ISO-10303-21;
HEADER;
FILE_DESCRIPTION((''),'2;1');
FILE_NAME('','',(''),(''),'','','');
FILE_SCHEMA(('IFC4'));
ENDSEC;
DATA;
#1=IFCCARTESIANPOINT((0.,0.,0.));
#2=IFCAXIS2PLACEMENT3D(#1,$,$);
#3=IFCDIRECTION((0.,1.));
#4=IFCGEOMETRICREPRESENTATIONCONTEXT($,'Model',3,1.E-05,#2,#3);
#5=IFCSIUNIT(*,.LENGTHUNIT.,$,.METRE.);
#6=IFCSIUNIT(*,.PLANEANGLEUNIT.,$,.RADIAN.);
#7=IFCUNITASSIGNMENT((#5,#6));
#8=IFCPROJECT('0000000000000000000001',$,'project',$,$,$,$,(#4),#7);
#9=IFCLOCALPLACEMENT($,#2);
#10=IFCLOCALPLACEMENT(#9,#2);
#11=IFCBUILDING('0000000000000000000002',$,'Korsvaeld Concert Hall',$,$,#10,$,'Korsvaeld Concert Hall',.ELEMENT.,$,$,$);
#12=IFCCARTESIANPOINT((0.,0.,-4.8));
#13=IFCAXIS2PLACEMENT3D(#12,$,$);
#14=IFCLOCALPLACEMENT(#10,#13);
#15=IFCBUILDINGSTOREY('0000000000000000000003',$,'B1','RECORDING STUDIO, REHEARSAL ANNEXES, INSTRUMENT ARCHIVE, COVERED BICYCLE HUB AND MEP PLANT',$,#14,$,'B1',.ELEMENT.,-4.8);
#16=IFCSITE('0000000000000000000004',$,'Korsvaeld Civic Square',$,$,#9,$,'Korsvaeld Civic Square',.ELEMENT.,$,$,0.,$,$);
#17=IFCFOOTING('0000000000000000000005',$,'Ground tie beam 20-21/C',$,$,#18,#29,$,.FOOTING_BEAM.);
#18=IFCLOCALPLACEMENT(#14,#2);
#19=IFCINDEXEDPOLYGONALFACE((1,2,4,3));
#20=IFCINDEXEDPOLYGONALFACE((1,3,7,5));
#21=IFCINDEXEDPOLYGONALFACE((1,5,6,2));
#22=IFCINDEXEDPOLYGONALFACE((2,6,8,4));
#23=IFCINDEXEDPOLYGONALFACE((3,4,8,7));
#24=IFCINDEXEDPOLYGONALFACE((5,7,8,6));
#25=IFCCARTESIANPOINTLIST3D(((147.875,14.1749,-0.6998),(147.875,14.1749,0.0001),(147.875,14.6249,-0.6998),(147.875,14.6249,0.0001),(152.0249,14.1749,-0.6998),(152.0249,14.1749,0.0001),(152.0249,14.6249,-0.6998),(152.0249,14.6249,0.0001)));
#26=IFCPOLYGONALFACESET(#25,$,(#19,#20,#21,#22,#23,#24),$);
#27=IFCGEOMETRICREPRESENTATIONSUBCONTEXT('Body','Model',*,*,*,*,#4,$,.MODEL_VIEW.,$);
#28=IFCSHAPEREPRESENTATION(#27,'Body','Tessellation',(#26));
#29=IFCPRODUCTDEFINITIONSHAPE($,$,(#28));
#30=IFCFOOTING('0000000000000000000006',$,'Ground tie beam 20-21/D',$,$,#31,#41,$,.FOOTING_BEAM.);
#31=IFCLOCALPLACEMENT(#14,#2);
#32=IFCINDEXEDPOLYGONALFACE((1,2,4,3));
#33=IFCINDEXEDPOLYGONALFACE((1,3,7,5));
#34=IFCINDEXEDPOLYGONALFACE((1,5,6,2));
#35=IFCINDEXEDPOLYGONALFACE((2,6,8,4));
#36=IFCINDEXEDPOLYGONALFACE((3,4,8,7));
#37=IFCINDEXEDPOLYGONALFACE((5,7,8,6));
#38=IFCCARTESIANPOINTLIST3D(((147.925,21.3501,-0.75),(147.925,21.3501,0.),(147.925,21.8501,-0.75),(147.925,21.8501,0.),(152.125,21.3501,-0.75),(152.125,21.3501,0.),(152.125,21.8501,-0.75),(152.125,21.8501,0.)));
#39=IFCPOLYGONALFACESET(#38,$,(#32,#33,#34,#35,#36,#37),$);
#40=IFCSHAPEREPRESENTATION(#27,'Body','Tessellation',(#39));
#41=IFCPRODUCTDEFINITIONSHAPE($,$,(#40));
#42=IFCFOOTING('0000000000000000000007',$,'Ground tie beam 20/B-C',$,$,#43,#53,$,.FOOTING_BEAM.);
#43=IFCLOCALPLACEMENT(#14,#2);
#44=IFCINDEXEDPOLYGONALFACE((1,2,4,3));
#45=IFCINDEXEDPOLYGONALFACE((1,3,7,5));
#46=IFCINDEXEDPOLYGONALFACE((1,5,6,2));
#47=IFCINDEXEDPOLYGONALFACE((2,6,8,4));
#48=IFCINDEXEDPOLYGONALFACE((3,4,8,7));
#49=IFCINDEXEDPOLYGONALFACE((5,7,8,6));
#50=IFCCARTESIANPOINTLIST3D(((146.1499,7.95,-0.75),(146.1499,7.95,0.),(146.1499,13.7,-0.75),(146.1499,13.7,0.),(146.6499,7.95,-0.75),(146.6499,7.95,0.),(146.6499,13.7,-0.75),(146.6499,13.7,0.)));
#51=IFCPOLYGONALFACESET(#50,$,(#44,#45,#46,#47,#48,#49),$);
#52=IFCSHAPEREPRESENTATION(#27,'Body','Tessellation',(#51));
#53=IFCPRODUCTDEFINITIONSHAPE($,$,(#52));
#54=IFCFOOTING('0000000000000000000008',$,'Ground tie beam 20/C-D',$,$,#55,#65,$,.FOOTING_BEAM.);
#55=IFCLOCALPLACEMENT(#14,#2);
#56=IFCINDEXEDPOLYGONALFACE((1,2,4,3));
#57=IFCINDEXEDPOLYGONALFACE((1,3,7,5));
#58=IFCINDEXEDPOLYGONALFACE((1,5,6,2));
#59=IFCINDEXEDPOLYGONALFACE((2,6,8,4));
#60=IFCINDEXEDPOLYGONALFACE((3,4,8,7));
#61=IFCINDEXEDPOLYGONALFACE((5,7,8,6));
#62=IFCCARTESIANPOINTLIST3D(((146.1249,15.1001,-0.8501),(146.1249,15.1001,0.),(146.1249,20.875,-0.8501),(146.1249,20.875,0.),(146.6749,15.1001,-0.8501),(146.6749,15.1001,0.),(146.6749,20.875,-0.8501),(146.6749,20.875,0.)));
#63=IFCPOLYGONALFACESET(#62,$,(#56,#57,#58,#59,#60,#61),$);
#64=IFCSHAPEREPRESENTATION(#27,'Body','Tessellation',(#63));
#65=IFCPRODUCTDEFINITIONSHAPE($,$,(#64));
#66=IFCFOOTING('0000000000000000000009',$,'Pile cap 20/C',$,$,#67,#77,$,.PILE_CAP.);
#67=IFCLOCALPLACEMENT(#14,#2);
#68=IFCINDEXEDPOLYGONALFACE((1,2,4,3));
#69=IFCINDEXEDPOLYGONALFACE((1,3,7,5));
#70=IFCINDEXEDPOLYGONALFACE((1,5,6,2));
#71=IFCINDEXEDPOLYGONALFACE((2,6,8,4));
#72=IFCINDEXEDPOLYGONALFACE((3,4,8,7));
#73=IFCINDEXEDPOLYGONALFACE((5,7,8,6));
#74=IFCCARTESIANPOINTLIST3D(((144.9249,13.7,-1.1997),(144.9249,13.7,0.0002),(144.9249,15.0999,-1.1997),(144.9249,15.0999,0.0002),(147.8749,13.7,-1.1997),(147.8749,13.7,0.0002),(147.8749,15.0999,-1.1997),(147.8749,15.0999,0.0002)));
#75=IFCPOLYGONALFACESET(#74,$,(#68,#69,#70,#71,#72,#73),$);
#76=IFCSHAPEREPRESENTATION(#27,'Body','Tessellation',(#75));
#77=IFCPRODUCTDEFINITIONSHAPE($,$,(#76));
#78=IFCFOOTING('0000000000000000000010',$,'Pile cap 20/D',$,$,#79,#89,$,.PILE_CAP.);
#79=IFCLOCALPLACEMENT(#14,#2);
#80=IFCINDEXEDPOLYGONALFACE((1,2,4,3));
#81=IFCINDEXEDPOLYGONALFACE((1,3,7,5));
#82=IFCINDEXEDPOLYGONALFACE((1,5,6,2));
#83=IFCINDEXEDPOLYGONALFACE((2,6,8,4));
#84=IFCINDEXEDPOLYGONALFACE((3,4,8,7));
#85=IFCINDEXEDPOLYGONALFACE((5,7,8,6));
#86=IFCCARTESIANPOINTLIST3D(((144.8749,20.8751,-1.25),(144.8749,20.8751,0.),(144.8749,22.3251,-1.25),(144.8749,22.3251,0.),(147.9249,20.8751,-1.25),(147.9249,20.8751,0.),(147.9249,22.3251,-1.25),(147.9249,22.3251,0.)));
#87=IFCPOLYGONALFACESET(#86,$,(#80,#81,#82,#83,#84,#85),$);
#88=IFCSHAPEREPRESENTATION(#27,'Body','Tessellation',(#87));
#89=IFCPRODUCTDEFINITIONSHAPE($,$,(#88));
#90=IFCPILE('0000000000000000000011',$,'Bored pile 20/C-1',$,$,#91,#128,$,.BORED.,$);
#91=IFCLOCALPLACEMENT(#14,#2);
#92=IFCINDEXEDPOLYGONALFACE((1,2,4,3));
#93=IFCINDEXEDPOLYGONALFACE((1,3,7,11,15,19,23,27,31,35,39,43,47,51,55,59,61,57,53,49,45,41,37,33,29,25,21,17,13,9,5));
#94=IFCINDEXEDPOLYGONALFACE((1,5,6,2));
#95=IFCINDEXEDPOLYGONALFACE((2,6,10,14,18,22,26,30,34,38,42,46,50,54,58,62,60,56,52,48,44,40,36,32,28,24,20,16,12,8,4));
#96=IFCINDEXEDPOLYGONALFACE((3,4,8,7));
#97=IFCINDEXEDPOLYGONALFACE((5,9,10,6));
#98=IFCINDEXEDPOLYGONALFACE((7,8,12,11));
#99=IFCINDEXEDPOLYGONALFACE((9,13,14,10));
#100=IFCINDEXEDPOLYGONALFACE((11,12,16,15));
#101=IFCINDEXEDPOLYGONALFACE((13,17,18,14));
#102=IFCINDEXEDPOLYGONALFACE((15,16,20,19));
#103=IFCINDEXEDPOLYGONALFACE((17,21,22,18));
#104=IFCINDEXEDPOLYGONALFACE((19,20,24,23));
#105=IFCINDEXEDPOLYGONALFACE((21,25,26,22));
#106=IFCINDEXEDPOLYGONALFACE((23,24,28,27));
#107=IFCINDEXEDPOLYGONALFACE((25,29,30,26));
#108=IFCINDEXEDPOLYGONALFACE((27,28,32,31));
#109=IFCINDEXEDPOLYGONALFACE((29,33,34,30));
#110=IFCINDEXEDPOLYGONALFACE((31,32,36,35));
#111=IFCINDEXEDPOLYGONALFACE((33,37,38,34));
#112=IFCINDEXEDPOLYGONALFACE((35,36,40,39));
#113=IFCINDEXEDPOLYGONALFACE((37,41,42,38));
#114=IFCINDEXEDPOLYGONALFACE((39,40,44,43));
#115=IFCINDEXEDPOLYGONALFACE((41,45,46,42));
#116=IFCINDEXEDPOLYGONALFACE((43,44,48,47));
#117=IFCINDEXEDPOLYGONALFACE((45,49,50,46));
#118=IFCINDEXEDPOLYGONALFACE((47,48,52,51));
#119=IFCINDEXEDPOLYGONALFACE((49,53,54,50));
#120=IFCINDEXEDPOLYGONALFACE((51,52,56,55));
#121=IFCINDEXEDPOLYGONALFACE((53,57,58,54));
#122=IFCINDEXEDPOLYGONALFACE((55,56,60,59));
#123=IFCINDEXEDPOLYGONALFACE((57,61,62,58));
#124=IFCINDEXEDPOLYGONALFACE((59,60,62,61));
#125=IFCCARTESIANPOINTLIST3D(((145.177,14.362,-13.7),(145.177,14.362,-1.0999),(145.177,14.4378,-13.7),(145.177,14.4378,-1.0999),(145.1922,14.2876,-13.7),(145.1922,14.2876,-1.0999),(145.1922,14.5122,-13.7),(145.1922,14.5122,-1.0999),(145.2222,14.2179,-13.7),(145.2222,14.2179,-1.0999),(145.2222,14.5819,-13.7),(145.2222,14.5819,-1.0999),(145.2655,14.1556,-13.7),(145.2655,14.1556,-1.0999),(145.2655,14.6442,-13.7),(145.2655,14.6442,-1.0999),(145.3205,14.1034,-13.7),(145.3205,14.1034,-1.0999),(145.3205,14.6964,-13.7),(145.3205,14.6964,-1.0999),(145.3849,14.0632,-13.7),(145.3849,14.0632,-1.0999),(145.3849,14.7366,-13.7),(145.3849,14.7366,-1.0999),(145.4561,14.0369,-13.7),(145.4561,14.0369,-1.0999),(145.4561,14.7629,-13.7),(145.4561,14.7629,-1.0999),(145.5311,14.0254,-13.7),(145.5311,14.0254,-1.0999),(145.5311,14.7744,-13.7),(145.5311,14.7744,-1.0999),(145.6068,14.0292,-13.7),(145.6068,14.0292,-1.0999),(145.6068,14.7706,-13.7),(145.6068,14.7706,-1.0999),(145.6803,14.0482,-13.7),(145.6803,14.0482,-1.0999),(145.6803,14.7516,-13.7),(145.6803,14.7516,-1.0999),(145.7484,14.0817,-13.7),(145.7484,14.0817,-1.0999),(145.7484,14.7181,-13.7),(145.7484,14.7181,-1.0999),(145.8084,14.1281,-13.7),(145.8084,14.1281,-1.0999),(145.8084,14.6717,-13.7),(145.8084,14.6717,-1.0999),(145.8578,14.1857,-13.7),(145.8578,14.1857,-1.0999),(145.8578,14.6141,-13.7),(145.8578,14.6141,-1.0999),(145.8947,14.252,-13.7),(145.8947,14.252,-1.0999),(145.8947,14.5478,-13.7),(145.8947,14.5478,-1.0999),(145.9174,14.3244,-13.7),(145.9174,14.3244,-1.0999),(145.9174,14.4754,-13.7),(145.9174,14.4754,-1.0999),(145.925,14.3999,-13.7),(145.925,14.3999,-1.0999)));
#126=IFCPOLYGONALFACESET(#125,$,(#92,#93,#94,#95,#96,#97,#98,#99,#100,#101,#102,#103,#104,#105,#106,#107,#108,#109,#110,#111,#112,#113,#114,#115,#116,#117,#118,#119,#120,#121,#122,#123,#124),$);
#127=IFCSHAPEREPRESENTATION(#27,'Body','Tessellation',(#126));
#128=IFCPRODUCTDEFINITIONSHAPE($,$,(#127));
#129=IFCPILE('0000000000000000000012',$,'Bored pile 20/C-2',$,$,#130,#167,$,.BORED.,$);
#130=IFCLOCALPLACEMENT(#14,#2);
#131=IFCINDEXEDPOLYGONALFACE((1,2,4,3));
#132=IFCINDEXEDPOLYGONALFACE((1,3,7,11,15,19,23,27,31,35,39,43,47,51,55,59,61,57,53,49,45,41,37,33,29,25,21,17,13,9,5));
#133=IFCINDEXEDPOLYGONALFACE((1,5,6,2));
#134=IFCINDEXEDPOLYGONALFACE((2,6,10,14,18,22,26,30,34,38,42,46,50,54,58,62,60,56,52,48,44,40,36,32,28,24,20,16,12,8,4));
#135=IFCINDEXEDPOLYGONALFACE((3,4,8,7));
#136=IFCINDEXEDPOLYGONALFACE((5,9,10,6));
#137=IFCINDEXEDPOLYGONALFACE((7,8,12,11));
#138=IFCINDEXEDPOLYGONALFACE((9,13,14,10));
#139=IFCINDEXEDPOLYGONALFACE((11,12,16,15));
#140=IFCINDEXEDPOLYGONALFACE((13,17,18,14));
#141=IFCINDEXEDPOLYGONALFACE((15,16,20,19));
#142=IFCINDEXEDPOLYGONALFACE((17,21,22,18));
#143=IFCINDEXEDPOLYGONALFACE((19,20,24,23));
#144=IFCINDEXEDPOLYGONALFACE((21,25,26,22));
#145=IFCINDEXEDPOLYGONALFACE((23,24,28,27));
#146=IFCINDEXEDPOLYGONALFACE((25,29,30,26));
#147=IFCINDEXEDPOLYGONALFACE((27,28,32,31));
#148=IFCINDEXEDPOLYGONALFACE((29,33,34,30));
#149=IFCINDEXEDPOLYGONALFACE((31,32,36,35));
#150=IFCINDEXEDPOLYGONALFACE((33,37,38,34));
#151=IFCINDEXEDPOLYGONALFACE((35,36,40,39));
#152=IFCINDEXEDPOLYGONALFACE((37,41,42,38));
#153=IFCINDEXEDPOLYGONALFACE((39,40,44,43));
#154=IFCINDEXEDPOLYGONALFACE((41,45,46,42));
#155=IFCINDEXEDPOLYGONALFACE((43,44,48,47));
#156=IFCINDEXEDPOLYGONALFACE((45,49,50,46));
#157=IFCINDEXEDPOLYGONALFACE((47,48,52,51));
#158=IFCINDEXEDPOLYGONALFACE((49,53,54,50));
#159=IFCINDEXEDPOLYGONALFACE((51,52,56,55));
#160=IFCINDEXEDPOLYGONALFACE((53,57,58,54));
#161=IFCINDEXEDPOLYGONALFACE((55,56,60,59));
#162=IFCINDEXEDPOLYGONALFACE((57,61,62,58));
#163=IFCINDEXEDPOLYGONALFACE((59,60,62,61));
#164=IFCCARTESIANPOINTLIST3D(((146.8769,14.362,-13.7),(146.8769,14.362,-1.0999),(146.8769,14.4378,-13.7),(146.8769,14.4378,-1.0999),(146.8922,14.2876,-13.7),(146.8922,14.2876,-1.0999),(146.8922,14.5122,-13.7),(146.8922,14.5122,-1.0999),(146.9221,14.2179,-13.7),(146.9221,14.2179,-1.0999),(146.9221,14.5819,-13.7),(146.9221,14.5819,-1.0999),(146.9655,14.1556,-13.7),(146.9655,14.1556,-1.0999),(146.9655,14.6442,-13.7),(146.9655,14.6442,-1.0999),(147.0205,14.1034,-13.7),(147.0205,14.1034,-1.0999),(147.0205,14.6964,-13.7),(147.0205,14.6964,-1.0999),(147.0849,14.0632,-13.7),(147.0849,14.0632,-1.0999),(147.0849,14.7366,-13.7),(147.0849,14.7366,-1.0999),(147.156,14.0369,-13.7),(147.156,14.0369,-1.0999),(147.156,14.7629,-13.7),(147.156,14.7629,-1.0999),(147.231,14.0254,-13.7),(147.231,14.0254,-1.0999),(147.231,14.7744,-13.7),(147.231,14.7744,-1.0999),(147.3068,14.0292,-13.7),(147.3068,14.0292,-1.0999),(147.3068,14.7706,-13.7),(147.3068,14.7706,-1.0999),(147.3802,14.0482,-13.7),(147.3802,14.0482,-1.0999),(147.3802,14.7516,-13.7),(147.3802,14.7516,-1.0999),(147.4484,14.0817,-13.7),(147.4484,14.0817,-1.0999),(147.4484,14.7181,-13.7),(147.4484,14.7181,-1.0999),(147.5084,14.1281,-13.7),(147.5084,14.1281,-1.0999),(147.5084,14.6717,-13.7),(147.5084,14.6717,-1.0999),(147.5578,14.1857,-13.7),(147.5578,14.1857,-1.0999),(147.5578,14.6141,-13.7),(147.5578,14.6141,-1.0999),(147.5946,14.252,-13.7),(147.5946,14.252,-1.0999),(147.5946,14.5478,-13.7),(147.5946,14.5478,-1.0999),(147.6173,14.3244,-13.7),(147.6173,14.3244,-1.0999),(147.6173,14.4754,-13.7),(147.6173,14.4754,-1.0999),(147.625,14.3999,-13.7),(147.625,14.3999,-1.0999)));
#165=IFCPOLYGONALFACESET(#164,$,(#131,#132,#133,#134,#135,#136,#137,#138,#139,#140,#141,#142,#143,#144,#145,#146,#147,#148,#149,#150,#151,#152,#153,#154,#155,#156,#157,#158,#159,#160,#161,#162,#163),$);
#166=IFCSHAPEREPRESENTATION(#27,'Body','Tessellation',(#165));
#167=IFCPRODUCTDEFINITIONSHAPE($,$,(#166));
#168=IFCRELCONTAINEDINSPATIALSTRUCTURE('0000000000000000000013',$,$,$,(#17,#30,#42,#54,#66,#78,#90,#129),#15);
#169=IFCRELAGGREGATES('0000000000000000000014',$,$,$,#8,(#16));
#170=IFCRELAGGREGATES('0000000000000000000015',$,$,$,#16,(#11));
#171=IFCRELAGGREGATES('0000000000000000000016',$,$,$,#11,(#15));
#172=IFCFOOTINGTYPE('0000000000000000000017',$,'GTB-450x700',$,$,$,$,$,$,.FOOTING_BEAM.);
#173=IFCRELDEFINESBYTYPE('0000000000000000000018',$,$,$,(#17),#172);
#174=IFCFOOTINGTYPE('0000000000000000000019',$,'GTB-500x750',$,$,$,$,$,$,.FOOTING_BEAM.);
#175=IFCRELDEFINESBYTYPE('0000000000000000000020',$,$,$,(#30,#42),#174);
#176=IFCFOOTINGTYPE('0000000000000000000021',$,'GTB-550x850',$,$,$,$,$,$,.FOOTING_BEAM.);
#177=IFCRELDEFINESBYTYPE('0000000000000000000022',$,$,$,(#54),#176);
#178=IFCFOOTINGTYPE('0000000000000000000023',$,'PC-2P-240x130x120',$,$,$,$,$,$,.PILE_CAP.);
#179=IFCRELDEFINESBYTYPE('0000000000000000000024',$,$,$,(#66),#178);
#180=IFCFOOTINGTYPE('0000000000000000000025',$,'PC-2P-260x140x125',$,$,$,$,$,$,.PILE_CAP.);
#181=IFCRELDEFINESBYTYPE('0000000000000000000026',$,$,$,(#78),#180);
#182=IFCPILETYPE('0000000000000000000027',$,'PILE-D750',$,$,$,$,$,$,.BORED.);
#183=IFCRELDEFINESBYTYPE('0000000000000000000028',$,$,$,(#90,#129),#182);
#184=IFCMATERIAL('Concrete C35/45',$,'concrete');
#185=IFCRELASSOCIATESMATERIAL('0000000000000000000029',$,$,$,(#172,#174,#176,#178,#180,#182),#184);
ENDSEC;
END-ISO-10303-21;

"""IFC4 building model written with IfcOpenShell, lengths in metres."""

from ifc_helpers import new_model, si_unit, direction, frame, origin, origin_2d, place, context, subcontext, project, spatial, rectangle, circle, extrude, material, material_profile, profile_set, type_object, element, save


model = new_model("IFC4")

# Units and contexts
model_context = context("Model", 3, precision=1e-05, world=origin(), true_north=direction((0.0, 1.0)))
body_context = subcontext(model_context, "Body", "Model", "MODEL_VIEW")
ifc_project = project(units=[si_unit("LENGTHUNIT", "METRE"), si_unit("PLANEANGLEUNIT", "RADIAN")], contexts=[model_context])

# Site, building, storey
site_placement = place(None, origin())
site = spatial("IfcSite", under=ifc_project, at=site_placement, Name="Korsvaeld Civic Square", LongName="Korsvaeld Civic Square", CompositionType="ELEMENT", RefElevation=0.0)
building_placement = place(site_placement, origin())
building = spatial("IfcBuilding", under=site, at=building_placement, Name="Korsvaeld Concert Hall", LongName="Korsvaeld Concert Hall", CompositionType="ELEMENT")
storey_placement = place(building_placement, frame((0.0, 0.0, -4.8)))
storey = spatial("IfcBuildingStorey", under=building, at=storey_placement, Name="B1", Description="RECORDING STUDIO, REHEARSAL ANNEXES, INSTRUMENT ARCHIVE, COVERED BICYCLE HUB AND MEP PLANT", LongName="B1", CompositionType="ELEMENT", Elevation=-4.8)

# Footings
ifc_material_1 = material(Name="Concrete C35/45", Category="concrete")
ifc_material_profile_1 = material_profile(ifc_material_1, rectangle(XDim=0.45, YDim=0.7, at=origin_2d()), Name="GTB 450x700")
ifc_profile_set_1 = profile_set([ifc_material_profile_1], Name="Concrete C35/45")
footing_type_1 = type_object("IfcFootingType", Name="GTB-450x700", PredefinedType="FOOTING_BEAM", material=ifc_profile_set_1)
footing_1_placement = place(storey_placement, frame((147.875, 14.3999, -0.3499), z_axis=(1.0, 0.0, 0.0), x_axis=(0.0, 1.0, 0.0)))
element("IfcFooting", 1, at=footing_1_placement, inside=storey, type_object=footing_type_1, Name="Ground tie beam 20-21/C", PredefinedType="FOOTING_BEAM", context=body_context, shape_type="SweptSolid", body=[
    extrude(rectangle(XDim=0.45, YDim=0.7, at=origin_2d()), origin(), (0.0, 0.0, 1.0), 4.1499),
])
ifc_material_profile_2 = material_profile(ifc_material_1, rectangle(XDim=0.5, YDim=0.75, at=origin_2d()), Name="GTB 500x750")
ifc_profile_set_2 = profile_set([ifc_material_profile_2], Name="Concrete C35/45")
footing_type_2 = type_object("IfcFootingType", Name="GTB-500x750", PredefinedType="FOOTING_BEAM", material=ifc_profile_set_2)
footing_2_placement = place(storey_placement, frame((147.925, 21.6001, -0.375), z_axis=(1.0, 0.0, 0.0), x_axis=(0.0, 1.0, 0.0)))
element("IfcFooting", 2, at=footing_2_placement, inside=storey, type_object=footing_type_2, Name="Ground tie beam 20-21/D", PredefinedType="FOOTING_BEAM", context=body_context, shape_type="SweptSolid", body=[
    extrude(rectangle(XDim=0.5, YDim=0.75, at=origin_2d()), origin(), (0.0, 0.0, 1.0), 4.2),
])
footing_3_placement = place(storey_placement, frame((146.3999, 7.95, -0.375), z_axis=(0.0, 1.0, 0.0), x_axis=(-1.0, 0.0, 0.0)))
element("IfcFooting", 3, at=footing_3_placement, inside=storey, type_object=footing_type_2, Name="Ground tie beam 20/B-C", PredefinedType="FOOTING_BEAM", context=body_context, shape_type="SweptSolid", body=[
    extrude(rectangle(XDim=0.5, YDim=0.75, at=origin_2d()), origin(), (0.0, 0.0, 1.0), 5.75),
])
ifc_material_profile_3 = material_profile(ifc_material_1, rectangle(XDim=0.55, YDim=0.8501, at=origin_2d()), Name="GTB 550x850")
ifc_profile_set_3 = profile_set([ifc_material_profile_3], Name="Concrete C35/45")
footing_type_3 = type_object("IfcFootingType", Name="GTB-550x850", PredefinedType="FOOTING_BEAM", material=ifc_profile_set_3)
footing_4_placement = place(storey_placement, frame((146.3999, 15.1001, -0.425), z_axis=(0.0, 1.0, 0.0), x_axis=(-1.0, 0.0, 0.0)))
element("IfcFooting", 4, at=footing_4_placement, inside=storey, type_object=footing_type_3, Name="Ground tie beam 20/C-D", PredefinedType="FOOTING_BEAM", context=body_context, shape_type="SweptSolid", body=[
    extrude(rectangle(XDim=0.55, YDim=0.8501, at=origin_2d()), origin(), (0.0, 0.0, 1.0), 5.7749),
])
footing_type_4 = type_object("IfcFootingType", Name="PC-2P-240x130x120", PredefinedType="PILE_CAP", material=ifc_material_1)
footing_5_placement = place(storey_placement, frame((146.3999, 14.3999, -1.1997), z_axis=(0.0, 0.0, 1.0), x_axis=(1.0, 0.0, 0.0)))
element("IfcFooting", 5, at=footing_5_placement, inside=storey, type_object=footing_type_4, Name="Pile cap 20/C", PredefinedType="PILE_CAP", context=body_context, shape_type="SweptSolid", body=[
    extrude(rectangle(XDim=2.95, YDim=1.3999, at=origin_2d()), origin(), (0.0, 0.0, 1.0), 1.2),
])
footing_type_5 = type_object("IfcFootingType", Name="PC-2P-260x140x125", PredefinedType="PILE_CAP", material=ifc_material_1)
footing_6_placement = place(storey_placement, frame((146.3999, 21.6001, -1.25), z_axis=(0.0, 0.0, 1.0), x_axis=(1.0, 0.0, 0.0)))
element("IfcFooting", 6, at=footing_6_placement, inside=storey, type_object=footing_type_5, Name="Pile cap 20/D", PredefinedType="PILE_CAP", context=body_context, shape_type="SweptSolid", body=[
    extrude(rectangle(XDim=3.05, YDim=1.45, at=origin_2d()), origin(), (0.0, 0.0, 1.0), 1.25),
])

# Piles
ifc_material_profile_4 = material_profile(ifc_material_1, circle(Radius=0.375, at=origin_2d()), Name="BORED PILE D750")
ifc_profile_set_4 = profile_set([ifc_material_profile_4], Name="Concrete C35/45")
pile_type_1 = type_object("IfcPileType", Name="PILE-D750", PredefinedType="BORED", material=ifc_profile_set_4)
for number, where, z_axis, x_axis, name in (
    (7, (145.55, 14.3999, -1.0999), (0.0, 0.0, -1.0), (1.0, 0.0, 0.0), "Bored pile 20/C-1"),
    (8, (147.25, 14.3999, -1.0999), (0.0, 0.0, -1.0), (1.0, 0.0, 0.0), "Bored pile 20/C-2"),
):
    element("IfcPile", number, at=place(storey_placement, frame(where, z_axis=z_axis, x_axis=x_axis)), inside=storey, type_object=pile_type_1, Name=name, PredefinedType="BORED", context=body_context, shape_type="SweptSolid", body=[
        extrude(circle(Radius=0.375, at=origin_2d()), origin(), (0.0, 0.0, 1.0), 12.6001),
    ])

save(model, "model.ifc")
